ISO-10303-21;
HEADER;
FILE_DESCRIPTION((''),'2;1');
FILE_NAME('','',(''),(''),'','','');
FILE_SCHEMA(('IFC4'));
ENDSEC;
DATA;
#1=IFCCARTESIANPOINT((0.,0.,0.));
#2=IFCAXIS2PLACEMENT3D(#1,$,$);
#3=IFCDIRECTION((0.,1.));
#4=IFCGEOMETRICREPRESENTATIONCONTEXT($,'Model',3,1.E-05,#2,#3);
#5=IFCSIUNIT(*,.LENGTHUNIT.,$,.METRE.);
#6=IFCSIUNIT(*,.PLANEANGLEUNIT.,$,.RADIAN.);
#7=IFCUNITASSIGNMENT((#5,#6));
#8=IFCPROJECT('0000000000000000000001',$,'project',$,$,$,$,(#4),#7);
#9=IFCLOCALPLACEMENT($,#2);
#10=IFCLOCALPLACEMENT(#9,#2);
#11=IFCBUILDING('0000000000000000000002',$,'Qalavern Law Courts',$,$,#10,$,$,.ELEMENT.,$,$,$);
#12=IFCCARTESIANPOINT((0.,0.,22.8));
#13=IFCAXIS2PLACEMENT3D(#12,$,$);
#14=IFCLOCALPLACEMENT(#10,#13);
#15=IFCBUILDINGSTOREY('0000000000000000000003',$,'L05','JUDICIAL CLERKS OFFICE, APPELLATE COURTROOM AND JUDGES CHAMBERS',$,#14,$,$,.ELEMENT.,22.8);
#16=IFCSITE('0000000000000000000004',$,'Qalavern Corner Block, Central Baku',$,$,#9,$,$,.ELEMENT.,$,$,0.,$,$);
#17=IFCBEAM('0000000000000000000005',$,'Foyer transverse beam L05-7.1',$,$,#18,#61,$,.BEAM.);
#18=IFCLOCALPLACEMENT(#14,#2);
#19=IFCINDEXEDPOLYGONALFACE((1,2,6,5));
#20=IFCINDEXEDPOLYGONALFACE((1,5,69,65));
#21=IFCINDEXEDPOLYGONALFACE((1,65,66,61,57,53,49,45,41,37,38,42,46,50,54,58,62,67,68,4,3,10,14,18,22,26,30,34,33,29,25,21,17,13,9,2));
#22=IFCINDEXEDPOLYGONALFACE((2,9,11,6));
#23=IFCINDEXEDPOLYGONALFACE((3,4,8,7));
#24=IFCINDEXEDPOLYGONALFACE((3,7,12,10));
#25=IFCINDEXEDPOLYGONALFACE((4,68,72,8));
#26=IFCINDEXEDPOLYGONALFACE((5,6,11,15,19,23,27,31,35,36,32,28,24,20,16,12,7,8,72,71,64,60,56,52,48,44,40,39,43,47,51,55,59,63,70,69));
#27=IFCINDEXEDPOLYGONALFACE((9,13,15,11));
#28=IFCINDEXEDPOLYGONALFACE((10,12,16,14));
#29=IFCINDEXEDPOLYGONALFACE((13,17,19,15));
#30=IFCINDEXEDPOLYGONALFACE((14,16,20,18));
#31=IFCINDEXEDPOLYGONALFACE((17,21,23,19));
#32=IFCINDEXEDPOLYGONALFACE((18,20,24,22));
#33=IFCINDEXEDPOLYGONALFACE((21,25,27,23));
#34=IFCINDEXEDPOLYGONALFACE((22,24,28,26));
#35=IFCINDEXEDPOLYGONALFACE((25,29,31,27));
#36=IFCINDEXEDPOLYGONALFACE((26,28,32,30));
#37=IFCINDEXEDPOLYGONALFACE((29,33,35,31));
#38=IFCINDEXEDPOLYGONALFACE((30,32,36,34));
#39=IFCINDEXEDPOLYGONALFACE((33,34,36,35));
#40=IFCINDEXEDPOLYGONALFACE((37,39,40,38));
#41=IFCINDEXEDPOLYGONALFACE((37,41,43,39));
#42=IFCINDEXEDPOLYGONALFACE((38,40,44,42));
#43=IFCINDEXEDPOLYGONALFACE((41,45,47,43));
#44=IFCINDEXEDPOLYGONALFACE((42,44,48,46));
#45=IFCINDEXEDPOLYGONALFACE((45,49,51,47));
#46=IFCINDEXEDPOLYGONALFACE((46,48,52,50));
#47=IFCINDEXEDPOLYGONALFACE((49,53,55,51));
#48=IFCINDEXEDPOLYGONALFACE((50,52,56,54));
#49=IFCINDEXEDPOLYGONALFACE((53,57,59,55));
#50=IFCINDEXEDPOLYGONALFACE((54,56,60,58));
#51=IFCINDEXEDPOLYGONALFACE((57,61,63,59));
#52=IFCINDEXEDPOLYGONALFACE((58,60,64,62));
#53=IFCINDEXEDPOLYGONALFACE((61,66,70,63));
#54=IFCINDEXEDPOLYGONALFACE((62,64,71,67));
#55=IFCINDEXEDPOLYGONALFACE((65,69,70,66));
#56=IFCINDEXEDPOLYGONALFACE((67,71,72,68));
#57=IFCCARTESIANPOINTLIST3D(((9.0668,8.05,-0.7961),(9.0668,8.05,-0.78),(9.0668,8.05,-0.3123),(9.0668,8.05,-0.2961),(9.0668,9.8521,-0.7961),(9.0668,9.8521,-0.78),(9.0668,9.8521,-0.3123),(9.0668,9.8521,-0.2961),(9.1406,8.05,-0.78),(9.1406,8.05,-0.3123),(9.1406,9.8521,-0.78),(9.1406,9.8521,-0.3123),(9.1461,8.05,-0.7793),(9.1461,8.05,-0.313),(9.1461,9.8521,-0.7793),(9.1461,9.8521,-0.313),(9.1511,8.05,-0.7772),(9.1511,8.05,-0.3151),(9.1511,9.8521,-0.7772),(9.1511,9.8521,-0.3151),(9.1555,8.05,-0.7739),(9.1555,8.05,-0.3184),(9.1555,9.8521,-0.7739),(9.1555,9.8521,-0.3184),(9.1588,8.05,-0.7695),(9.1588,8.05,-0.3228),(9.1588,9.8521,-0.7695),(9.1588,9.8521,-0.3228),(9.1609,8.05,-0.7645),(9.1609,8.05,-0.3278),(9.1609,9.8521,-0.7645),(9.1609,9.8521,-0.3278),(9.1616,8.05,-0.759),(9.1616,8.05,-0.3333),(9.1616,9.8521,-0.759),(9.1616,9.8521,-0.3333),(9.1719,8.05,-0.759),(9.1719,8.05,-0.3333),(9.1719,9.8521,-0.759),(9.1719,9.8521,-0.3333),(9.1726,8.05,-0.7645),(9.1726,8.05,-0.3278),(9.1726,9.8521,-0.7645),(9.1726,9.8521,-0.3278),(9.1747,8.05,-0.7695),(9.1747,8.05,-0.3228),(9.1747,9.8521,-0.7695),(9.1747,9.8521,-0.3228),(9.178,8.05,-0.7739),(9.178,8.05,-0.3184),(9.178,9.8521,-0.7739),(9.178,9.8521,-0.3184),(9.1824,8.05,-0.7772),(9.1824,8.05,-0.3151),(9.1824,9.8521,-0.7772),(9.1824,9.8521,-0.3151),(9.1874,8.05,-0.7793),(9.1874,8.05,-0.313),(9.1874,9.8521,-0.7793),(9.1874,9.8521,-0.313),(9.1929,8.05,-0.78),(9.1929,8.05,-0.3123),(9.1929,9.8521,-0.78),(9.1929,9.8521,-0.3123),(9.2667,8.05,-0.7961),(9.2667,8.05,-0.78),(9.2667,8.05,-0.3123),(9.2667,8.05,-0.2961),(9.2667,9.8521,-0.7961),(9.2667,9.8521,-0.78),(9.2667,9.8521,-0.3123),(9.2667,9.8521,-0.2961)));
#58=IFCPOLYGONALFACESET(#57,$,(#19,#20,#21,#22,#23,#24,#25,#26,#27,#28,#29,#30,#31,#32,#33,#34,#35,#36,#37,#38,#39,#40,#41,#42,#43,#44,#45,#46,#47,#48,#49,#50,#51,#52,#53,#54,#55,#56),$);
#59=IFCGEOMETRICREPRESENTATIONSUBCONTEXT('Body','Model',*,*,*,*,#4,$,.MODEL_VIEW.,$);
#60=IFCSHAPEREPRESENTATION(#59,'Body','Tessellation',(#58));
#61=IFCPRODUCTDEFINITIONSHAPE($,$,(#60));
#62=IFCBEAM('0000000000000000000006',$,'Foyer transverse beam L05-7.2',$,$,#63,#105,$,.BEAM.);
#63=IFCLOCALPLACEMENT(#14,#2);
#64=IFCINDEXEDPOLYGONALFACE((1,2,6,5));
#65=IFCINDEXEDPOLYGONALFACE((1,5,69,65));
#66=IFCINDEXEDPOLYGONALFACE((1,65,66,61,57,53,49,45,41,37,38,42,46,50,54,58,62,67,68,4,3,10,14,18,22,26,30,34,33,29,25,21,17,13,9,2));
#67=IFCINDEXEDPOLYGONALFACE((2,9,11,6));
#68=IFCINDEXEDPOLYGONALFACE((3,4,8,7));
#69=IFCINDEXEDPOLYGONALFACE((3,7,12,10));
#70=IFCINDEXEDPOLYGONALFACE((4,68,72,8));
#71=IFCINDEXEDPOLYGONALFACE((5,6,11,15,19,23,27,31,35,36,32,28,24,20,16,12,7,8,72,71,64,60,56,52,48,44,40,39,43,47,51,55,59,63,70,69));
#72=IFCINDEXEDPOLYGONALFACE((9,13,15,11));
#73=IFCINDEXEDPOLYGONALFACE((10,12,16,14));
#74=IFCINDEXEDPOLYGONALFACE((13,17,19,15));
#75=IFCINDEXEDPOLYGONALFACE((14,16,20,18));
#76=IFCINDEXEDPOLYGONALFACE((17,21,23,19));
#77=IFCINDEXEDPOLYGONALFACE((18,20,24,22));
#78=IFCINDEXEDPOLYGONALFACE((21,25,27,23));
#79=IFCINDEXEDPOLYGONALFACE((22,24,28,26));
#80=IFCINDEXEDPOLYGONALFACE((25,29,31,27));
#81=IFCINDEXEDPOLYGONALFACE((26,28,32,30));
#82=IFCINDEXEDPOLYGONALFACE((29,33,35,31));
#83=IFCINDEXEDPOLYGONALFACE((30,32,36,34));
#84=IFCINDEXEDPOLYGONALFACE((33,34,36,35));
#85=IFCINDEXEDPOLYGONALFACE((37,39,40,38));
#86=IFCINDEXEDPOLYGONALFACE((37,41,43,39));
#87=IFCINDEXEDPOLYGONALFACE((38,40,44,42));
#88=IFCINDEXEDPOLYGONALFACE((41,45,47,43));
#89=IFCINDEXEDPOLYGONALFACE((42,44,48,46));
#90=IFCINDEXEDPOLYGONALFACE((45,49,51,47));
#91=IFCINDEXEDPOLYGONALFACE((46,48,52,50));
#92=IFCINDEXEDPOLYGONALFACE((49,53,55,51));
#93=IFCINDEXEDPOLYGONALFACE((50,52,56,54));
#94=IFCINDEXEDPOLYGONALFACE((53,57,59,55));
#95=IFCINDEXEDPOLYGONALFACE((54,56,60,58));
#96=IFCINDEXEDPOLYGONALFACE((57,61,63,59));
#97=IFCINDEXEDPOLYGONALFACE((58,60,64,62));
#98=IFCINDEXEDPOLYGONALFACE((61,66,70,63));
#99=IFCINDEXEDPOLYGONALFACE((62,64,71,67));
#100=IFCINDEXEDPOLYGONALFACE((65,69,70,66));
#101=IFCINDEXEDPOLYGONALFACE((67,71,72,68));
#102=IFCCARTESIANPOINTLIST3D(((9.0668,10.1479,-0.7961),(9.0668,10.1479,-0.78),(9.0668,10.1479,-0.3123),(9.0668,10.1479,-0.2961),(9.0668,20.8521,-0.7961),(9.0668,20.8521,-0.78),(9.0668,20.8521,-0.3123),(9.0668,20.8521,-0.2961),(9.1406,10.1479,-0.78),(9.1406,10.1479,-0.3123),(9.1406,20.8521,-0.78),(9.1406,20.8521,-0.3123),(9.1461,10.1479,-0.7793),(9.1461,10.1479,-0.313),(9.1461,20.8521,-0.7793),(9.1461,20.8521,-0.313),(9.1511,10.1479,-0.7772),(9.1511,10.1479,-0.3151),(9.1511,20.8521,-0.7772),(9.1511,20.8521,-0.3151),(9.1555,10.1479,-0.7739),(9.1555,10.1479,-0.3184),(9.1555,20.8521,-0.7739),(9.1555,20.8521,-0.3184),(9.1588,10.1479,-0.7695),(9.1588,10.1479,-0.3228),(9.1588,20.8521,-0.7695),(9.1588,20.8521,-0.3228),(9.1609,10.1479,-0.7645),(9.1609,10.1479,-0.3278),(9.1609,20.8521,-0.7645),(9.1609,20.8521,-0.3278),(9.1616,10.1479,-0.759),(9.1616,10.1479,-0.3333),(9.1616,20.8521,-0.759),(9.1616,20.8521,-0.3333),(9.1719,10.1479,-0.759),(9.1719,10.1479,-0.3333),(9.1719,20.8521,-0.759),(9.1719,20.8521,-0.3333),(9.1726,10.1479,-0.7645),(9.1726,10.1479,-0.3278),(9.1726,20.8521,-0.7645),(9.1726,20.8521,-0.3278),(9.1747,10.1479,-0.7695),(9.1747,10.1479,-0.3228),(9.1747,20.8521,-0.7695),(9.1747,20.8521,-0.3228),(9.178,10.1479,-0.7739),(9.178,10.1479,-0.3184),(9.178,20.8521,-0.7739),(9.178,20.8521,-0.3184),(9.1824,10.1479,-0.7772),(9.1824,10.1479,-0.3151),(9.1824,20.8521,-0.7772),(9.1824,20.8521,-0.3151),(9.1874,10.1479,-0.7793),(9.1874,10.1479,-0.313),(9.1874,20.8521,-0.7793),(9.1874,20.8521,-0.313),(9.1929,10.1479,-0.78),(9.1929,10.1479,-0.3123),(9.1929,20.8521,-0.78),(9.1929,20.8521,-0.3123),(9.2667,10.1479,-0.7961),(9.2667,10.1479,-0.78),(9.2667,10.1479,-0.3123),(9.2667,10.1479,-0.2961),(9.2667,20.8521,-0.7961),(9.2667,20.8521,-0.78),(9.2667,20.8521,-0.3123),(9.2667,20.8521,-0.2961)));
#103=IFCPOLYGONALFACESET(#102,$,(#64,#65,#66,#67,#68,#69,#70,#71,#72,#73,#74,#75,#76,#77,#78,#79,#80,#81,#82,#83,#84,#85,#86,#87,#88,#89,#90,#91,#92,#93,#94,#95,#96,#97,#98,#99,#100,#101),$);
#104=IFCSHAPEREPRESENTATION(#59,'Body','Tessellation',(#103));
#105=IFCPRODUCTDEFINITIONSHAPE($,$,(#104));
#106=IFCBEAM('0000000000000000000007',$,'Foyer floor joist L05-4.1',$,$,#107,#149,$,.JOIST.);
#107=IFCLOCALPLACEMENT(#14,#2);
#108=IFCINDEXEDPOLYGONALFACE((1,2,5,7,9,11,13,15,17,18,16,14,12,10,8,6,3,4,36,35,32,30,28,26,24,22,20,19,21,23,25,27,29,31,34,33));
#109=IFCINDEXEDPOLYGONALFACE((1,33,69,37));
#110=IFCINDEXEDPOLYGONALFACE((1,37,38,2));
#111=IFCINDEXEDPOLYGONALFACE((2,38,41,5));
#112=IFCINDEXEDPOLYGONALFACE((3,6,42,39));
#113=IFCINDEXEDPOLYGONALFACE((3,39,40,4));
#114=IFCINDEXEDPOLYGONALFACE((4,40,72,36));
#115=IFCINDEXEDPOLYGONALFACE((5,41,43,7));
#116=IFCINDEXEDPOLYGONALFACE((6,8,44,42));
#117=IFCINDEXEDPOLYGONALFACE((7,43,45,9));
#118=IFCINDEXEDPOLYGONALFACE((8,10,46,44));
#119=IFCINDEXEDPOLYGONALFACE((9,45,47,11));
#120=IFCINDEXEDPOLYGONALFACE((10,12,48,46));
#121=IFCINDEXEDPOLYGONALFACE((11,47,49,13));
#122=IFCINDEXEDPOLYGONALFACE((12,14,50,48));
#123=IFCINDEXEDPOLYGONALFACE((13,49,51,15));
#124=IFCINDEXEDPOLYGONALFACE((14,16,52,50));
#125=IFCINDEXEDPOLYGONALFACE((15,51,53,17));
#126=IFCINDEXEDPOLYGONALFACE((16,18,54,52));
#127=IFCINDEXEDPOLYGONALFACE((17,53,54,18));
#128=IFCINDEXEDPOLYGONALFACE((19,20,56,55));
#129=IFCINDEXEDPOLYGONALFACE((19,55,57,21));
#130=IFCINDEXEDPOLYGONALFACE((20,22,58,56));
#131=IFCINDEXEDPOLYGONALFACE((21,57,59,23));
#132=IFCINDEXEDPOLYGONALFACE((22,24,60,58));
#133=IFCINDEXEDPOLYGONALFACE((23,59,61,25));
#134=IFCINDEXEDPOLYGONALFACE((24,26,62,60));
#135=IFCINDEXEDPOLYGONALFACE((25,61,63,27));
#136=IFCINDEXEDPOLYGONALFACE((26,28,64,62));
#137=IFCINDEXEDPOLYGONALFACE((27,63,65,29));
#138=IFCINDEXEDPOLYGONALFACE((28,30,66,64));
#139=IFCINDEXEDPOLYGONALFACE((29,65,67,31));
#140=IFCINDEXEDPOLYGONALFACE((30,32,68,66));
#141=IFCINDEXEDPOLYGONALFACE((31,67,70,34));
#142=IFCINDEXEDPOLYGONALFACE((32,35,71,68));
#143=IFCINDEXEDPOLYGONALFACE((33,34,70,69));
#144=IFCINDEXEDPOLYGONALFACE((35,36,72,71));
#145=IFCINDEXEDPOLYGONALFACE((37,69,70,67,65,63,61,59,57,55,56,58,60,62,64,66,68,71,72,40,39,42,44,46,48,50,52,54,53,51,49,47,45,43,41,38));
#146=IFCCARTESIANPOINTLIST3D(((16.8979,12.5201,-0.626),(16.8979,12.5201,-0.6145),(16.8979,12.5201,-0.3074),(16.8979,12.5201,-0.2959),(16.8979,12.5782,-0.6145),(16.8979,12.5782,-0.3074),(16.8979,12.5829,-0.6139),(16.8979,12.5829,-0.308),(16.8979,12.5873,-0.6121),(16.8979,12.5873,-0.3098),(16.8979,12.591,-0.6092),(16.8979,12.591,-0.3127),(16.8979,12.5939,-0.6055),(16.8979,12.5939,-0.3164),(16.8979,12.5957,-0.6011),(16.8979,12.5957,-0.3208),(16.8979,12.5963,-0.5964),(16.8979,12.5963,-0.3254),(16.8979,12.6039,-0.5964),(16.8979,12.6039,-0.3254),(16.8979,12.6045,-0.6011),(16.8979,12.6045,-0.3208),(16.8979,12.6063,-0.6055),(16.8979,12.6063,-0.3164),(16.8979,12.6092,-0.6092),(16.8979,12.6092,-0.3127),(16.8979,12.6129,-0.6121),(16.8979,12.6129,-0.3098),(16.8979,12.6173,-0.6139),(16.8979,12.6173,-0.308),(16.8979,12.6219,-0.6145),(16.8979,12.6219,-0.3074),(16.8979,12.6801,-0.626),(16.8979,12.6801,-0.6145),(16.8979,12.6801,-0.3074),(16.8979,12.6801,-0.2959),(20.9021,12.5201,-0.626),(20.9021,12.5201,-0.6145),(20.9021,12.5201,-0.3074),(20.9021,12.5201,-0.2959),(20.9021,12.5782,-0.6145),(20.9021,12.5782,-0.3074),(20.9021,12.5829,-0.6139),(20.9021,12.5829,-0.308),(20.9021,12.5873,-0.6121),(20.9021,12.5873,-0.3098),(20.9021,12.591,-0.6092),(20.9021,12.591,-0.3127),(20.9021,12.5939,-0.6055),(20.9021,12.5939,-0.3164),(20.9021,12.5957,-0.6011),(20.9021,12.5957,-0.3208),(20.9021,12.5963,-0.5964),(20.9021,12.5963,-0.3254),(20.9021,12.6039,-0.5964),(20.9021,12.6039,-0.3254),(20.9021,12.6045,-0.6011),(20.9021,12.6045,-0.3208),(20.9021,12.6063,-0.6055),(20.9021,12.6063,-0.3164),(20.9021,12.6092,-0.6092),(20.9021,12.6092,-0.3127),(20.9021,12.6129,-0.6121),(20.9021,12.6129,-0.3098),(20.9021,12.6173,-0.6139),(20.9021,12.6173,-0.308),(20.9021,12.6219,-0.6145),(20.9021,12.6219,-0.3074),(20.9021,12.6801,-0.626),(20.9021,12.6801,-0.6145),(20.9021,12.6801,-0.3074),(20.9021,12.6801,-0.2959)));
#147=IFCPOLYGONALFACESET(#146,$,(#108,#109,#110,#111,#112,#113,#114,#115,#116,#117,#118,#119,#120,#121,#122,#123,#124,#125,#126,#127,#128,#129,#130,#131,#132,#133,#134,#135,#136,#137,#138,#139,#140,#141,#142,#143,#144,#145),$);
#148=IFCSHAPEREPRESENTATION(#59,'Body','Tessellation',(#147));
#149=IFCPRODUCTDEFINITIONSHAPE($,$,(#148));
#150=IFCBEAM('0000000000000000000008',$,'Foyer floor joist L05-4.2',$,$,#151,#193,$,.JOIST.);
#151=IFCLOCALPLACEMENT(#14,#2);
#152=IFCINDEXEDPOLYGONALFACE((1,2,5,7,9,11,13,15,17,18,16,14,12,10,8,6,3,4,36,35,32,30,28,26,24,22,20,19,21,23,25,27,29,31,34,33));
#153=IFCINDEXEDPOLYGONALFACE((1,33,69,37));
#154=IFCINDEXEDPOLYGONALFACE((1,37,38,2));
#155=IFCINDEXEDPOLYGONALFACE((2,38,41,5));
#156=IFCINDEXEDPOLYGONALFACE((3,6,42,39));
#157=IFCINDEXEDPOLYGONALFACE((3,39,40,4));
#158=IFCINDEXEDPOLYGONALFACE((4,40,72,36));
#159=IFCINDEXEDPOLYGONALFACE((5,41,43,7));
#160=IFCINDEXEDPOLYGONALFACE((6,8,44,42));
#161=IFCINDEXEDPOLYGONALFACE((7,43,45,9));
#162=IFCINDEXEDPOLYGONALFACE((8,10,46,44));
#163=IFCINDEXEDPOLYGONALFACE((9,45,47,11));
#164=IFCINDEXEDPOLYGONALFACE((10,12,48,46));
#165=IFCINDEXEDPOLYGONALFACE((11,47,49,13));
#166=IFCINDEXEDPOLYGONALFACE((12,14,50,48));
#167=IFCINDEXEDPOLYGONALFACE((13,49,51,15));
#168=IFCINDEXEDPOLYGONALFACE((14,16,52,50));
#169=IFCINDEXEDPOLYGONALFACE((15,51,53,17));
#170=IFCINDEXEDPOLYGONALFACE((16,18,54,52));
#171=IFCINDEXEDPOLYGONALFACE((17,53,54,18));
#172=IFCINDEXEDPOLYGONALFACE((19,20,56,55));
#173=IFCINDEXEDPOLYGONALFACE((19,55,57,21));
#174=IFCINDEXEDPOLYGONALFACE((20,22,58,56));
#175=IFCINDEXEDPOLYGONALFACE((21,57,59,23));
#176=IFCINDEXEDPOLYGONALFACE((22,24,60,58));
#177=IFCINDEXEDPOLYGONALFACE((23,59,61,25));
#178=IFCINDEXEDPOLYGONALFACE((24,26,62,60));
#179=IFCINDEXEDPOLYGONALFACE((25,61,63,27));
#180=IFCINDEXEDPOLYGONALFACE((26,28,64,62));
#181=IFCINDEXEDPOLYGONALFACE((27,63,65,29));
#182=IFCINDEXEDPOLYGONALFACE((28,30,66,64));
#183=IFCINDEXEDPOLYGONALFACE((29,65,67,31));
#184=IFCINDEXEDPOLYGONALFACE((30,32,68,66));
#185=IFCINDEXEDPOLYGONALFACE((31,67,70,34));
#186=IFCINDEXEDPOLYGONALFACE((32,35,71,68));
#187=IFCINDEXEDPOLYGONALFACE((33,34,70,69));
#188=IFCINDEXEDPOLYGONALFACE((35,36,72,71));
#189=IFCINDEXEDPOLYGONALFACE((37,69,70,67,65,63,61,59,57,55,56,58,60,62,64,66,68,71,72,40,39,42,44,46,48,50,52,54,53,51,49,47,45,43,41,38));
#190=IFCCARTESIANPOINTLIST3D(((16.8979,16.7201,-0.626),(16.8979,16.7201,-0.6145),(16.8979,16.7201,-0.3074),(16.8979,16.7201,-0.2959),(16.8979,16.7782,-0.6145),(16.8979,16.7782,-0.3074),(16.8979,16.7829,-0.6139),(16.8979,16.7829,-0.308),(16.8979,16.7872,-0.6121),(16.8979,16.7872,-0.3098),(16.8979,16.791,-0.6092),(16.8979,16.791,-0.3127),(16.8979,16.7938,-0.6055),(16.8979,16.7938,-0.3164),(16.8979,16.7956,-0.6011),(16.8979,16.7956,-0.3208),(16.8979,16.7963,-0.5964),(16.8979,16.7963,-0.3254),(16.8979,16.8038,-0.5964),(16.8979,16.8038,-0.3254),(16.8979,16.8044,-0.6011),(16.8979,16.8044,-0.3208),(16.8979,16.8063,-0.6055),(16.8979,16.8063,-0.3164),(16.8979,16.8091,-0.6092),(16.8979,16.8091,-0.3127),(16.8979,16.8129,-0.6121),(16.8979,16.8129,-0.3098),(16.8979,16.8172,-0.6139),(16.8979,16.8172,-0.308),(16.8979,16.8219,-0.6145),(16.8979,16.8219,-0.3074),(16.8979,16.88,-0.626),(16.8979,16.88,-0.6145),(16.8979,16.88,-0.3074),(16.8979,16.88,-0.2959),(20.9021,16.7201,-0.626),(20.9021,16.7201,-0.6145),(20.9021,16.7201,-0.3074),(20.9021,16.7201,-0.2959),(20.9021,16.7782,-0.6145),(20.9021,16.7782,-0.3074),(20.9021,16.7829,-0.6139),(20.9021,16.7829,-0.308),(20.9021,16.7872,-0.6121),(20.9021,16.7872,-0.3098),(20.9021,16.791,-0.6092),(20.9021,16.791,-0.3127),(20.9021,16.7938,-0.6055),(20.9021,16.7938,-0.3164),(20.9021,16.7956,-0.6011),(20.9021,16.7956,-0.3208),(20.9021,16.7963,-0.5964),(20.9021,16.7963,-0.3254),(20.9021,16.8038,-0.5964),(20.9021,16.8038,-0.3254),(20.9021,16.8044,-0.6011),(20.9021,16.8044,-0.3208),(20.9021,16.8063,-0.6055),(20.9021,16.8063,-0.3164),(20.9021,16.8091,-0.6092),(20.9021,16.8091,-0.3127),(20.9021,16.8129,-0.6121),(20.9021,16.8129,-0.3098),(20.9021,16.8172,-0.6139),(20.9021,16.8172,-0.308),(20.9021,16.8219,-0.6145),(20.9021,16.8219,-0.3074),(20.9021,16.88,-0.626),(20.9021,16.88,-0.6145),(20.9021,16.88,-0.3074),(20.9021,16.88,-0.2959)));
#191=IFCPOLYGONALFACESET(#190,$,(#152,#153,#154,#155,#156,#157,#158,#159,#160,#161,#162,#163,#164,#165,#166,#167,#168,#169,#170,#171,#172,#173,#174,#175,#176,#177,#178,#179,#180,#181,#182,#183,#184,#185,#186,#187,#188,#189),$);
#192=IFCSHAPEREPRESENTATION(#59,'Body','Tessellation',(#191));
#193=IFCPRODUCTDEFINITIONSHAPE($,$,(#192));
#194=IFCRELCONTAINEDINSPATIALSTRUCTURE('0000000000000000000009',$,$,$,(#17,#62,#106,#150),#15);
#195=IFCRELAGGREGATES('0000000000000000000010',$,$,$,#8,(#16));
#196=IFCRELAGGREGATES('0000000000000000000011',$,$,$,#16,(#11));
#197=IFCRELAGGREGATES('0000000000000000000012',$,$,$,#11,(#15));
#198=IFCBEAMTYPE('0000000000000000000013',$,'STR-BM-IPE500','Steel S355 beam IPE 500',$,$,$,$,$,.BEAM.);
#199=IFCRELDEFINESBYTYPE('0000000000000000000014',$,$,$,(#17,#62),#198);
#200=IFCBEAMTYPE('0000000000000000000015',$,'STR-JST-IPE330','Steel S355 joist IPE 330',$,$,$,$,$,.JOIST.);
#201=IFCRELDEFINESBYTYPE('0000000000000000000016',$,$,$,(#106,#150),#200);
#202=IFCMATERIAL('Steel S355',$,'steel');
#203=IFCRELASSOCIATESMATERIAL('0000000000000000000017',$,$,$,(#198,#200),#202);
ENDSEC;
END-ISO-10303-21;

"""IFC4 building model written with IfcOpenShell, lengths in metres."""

from ifc_helpers import new_model, si_unit, direction, frame, origin, origin_2d, place, context, subcontext, project, spatial, i_section, extrude, material, material_profile, profile_set, type_object, element, save


model = new_model("IFC4")

# Units and contexts
model_context = context("Model", 3, precision=1e-05, world=origin(), true_north=direction((0.0, 1.0)))
body_context = subcontext(model_context, "Body", "Model", "MODEL_VIEW")
ifc_project = project(units=[si_unit("LENGTHUNIT", "METRE"), si_unit("PLANEANGLEUNIT", "RADIAN")], contexts=[model_context])

# Site, building, storey
site_placement = place(None, origin())
site = spatial("IfcSite", under=ifc_project, at=site_placement, Name="Qalavern Corner Block, Central Baku", CompositionType="ELEMENT", RefElevation=0.0)
building_placement = place(site_placement, origin())
building = spatial("IfcBuilding", under=site, at=building_placement, Name="Qalavern Law Courts", CompositionType="ELEMENT")
storey_placement = place(building_placement, frame((0.0, 0.0, 22.8)))
storey = spatial("IfcBuildingStorey", under=building, at=storey_placement, Name="L05", Description="JUDICIAL CLERKS OFFICE, APPELLATE COURTROOM AND JUDGES CHAMBERS", CompositionType="ELEMENT", Elevation=22.8)

# Beams
ifc_material_1 = material(Name="Steel S355", Category="steel")
ifc_material_profile_1 = material_profile(ifc_material_1, i_section(OverallWidth=0.2, OverallDepth=0.5, WebThickness=0.0103, FlangeThickness=0.0161, FilletRadius=0.021, at=origin_2d()), Name="IPE 500")
ifc_profile_set_1 = profile_set([ifc_material_profile_1], Name="Steel S355")
beam_type_1 = type_object("IfcBeamType", Name="STR-BM-IPE500", Description="Steel S355 beam IPE 500", PredefinedType="BEAM", material=ifc_profile_set_1)
beam_1_placement = place(storey_placement, frame((9.1667, 8.05, -0.5461), z_axis=(0.0, 1.0, 0.0), x_axis=(-1.0, 0.0, 0.0)))
element("IfcBeam", 1, at=beam_1_placement, inside=storey, type_object=beam_type_1, Name="Foyer transverse beam L05-7.1", PredefinedType="BEAM", context=body_context, shape_type="SweptSolid", body=[
    extrude(i_section(OverallWidth=0.2, OverallDepth=0.5, WebThickness=0.0103, FlangeThickness=0.0161, FilletRadius=0.021, at=origin_2d()), origin(), (0.0, 0.0, 1.0), 1.802),
])
beam_2_placement = place(storey_placement, frame((9.1667, 10.1479, -0.5461), z_axis=(0.0, 1.0, 0.0), x_axis=(-1.0, 0.0, 0.0)))
element("IfcBeam", 2, at=beam_2_placement, inside=storey, type_object=beam_type_1, Name="Foyer transverse beam L05-7.2", PredefinedType="BEAM", context=body_context, shape_type="SweptSolid", body=[
    extrude(i_section(OverallWidth=0.2, OverallDepth=0.5, WebThickness=0.0103, FlangeThickness=0.0161, FilletRadius=0.021, at=origin_2d()), origin(), (0.0, 0.0, 1.0), 10.7041),
])
ifc_material_profile_2 = material_profile(ifc_material_1, i_section(OverallWidth=0.1599, OverallDepth=0.3301, WebThickness=0.0076, FlangeThickness=0.0115, FilletRadius=0.0181, at=origin_2d()), Name="IPE 330")
ifc_profile_set_2 = profile_set([ifc_material_profile_2], Name="Steel S355")
beam_type_2 = type_object("IfcBeamType", Name="STR-JST-IPE330", Description="Steel S355 joist IPE 330", PredefinedType="JOIST", material=ifc_profile_set_2)
for number, where, z_axis, x_axis, name in (
    (3, (16.8979, 12.6001, -0.4609), (1.0, 0.0, 0.0), (0.0, 1.0, 0.0), "Foyer floor joist L05-4.1"),
    (4, (16.8979, 16.8, -0.4609), (1.0, 0.0, 0.0), (0.0, 1.0, 0.0), "Foyer floor joist L05-4.2"),
):
    element("IfcBeam", number, at=place(storey_placement, frame(where, z_axis=z_axis, x_axis=x_axis)), inside=storey, type_object=beam_type_2, Name=name, PredefinedType="JOIST", context=body_context, shape_type="SweptSolid", body=[
        extrude(i_section(OverallWidth=0.1599, OverallDepth=0.3301, WebThickness=0.0076, FlangeThickness=0.0115, FilletRadius=0.0181, at=origin_2d()), origin(), (0.0, 0.0, 1.0), 4.0042),
    ])

save(model, "model.ifc")
